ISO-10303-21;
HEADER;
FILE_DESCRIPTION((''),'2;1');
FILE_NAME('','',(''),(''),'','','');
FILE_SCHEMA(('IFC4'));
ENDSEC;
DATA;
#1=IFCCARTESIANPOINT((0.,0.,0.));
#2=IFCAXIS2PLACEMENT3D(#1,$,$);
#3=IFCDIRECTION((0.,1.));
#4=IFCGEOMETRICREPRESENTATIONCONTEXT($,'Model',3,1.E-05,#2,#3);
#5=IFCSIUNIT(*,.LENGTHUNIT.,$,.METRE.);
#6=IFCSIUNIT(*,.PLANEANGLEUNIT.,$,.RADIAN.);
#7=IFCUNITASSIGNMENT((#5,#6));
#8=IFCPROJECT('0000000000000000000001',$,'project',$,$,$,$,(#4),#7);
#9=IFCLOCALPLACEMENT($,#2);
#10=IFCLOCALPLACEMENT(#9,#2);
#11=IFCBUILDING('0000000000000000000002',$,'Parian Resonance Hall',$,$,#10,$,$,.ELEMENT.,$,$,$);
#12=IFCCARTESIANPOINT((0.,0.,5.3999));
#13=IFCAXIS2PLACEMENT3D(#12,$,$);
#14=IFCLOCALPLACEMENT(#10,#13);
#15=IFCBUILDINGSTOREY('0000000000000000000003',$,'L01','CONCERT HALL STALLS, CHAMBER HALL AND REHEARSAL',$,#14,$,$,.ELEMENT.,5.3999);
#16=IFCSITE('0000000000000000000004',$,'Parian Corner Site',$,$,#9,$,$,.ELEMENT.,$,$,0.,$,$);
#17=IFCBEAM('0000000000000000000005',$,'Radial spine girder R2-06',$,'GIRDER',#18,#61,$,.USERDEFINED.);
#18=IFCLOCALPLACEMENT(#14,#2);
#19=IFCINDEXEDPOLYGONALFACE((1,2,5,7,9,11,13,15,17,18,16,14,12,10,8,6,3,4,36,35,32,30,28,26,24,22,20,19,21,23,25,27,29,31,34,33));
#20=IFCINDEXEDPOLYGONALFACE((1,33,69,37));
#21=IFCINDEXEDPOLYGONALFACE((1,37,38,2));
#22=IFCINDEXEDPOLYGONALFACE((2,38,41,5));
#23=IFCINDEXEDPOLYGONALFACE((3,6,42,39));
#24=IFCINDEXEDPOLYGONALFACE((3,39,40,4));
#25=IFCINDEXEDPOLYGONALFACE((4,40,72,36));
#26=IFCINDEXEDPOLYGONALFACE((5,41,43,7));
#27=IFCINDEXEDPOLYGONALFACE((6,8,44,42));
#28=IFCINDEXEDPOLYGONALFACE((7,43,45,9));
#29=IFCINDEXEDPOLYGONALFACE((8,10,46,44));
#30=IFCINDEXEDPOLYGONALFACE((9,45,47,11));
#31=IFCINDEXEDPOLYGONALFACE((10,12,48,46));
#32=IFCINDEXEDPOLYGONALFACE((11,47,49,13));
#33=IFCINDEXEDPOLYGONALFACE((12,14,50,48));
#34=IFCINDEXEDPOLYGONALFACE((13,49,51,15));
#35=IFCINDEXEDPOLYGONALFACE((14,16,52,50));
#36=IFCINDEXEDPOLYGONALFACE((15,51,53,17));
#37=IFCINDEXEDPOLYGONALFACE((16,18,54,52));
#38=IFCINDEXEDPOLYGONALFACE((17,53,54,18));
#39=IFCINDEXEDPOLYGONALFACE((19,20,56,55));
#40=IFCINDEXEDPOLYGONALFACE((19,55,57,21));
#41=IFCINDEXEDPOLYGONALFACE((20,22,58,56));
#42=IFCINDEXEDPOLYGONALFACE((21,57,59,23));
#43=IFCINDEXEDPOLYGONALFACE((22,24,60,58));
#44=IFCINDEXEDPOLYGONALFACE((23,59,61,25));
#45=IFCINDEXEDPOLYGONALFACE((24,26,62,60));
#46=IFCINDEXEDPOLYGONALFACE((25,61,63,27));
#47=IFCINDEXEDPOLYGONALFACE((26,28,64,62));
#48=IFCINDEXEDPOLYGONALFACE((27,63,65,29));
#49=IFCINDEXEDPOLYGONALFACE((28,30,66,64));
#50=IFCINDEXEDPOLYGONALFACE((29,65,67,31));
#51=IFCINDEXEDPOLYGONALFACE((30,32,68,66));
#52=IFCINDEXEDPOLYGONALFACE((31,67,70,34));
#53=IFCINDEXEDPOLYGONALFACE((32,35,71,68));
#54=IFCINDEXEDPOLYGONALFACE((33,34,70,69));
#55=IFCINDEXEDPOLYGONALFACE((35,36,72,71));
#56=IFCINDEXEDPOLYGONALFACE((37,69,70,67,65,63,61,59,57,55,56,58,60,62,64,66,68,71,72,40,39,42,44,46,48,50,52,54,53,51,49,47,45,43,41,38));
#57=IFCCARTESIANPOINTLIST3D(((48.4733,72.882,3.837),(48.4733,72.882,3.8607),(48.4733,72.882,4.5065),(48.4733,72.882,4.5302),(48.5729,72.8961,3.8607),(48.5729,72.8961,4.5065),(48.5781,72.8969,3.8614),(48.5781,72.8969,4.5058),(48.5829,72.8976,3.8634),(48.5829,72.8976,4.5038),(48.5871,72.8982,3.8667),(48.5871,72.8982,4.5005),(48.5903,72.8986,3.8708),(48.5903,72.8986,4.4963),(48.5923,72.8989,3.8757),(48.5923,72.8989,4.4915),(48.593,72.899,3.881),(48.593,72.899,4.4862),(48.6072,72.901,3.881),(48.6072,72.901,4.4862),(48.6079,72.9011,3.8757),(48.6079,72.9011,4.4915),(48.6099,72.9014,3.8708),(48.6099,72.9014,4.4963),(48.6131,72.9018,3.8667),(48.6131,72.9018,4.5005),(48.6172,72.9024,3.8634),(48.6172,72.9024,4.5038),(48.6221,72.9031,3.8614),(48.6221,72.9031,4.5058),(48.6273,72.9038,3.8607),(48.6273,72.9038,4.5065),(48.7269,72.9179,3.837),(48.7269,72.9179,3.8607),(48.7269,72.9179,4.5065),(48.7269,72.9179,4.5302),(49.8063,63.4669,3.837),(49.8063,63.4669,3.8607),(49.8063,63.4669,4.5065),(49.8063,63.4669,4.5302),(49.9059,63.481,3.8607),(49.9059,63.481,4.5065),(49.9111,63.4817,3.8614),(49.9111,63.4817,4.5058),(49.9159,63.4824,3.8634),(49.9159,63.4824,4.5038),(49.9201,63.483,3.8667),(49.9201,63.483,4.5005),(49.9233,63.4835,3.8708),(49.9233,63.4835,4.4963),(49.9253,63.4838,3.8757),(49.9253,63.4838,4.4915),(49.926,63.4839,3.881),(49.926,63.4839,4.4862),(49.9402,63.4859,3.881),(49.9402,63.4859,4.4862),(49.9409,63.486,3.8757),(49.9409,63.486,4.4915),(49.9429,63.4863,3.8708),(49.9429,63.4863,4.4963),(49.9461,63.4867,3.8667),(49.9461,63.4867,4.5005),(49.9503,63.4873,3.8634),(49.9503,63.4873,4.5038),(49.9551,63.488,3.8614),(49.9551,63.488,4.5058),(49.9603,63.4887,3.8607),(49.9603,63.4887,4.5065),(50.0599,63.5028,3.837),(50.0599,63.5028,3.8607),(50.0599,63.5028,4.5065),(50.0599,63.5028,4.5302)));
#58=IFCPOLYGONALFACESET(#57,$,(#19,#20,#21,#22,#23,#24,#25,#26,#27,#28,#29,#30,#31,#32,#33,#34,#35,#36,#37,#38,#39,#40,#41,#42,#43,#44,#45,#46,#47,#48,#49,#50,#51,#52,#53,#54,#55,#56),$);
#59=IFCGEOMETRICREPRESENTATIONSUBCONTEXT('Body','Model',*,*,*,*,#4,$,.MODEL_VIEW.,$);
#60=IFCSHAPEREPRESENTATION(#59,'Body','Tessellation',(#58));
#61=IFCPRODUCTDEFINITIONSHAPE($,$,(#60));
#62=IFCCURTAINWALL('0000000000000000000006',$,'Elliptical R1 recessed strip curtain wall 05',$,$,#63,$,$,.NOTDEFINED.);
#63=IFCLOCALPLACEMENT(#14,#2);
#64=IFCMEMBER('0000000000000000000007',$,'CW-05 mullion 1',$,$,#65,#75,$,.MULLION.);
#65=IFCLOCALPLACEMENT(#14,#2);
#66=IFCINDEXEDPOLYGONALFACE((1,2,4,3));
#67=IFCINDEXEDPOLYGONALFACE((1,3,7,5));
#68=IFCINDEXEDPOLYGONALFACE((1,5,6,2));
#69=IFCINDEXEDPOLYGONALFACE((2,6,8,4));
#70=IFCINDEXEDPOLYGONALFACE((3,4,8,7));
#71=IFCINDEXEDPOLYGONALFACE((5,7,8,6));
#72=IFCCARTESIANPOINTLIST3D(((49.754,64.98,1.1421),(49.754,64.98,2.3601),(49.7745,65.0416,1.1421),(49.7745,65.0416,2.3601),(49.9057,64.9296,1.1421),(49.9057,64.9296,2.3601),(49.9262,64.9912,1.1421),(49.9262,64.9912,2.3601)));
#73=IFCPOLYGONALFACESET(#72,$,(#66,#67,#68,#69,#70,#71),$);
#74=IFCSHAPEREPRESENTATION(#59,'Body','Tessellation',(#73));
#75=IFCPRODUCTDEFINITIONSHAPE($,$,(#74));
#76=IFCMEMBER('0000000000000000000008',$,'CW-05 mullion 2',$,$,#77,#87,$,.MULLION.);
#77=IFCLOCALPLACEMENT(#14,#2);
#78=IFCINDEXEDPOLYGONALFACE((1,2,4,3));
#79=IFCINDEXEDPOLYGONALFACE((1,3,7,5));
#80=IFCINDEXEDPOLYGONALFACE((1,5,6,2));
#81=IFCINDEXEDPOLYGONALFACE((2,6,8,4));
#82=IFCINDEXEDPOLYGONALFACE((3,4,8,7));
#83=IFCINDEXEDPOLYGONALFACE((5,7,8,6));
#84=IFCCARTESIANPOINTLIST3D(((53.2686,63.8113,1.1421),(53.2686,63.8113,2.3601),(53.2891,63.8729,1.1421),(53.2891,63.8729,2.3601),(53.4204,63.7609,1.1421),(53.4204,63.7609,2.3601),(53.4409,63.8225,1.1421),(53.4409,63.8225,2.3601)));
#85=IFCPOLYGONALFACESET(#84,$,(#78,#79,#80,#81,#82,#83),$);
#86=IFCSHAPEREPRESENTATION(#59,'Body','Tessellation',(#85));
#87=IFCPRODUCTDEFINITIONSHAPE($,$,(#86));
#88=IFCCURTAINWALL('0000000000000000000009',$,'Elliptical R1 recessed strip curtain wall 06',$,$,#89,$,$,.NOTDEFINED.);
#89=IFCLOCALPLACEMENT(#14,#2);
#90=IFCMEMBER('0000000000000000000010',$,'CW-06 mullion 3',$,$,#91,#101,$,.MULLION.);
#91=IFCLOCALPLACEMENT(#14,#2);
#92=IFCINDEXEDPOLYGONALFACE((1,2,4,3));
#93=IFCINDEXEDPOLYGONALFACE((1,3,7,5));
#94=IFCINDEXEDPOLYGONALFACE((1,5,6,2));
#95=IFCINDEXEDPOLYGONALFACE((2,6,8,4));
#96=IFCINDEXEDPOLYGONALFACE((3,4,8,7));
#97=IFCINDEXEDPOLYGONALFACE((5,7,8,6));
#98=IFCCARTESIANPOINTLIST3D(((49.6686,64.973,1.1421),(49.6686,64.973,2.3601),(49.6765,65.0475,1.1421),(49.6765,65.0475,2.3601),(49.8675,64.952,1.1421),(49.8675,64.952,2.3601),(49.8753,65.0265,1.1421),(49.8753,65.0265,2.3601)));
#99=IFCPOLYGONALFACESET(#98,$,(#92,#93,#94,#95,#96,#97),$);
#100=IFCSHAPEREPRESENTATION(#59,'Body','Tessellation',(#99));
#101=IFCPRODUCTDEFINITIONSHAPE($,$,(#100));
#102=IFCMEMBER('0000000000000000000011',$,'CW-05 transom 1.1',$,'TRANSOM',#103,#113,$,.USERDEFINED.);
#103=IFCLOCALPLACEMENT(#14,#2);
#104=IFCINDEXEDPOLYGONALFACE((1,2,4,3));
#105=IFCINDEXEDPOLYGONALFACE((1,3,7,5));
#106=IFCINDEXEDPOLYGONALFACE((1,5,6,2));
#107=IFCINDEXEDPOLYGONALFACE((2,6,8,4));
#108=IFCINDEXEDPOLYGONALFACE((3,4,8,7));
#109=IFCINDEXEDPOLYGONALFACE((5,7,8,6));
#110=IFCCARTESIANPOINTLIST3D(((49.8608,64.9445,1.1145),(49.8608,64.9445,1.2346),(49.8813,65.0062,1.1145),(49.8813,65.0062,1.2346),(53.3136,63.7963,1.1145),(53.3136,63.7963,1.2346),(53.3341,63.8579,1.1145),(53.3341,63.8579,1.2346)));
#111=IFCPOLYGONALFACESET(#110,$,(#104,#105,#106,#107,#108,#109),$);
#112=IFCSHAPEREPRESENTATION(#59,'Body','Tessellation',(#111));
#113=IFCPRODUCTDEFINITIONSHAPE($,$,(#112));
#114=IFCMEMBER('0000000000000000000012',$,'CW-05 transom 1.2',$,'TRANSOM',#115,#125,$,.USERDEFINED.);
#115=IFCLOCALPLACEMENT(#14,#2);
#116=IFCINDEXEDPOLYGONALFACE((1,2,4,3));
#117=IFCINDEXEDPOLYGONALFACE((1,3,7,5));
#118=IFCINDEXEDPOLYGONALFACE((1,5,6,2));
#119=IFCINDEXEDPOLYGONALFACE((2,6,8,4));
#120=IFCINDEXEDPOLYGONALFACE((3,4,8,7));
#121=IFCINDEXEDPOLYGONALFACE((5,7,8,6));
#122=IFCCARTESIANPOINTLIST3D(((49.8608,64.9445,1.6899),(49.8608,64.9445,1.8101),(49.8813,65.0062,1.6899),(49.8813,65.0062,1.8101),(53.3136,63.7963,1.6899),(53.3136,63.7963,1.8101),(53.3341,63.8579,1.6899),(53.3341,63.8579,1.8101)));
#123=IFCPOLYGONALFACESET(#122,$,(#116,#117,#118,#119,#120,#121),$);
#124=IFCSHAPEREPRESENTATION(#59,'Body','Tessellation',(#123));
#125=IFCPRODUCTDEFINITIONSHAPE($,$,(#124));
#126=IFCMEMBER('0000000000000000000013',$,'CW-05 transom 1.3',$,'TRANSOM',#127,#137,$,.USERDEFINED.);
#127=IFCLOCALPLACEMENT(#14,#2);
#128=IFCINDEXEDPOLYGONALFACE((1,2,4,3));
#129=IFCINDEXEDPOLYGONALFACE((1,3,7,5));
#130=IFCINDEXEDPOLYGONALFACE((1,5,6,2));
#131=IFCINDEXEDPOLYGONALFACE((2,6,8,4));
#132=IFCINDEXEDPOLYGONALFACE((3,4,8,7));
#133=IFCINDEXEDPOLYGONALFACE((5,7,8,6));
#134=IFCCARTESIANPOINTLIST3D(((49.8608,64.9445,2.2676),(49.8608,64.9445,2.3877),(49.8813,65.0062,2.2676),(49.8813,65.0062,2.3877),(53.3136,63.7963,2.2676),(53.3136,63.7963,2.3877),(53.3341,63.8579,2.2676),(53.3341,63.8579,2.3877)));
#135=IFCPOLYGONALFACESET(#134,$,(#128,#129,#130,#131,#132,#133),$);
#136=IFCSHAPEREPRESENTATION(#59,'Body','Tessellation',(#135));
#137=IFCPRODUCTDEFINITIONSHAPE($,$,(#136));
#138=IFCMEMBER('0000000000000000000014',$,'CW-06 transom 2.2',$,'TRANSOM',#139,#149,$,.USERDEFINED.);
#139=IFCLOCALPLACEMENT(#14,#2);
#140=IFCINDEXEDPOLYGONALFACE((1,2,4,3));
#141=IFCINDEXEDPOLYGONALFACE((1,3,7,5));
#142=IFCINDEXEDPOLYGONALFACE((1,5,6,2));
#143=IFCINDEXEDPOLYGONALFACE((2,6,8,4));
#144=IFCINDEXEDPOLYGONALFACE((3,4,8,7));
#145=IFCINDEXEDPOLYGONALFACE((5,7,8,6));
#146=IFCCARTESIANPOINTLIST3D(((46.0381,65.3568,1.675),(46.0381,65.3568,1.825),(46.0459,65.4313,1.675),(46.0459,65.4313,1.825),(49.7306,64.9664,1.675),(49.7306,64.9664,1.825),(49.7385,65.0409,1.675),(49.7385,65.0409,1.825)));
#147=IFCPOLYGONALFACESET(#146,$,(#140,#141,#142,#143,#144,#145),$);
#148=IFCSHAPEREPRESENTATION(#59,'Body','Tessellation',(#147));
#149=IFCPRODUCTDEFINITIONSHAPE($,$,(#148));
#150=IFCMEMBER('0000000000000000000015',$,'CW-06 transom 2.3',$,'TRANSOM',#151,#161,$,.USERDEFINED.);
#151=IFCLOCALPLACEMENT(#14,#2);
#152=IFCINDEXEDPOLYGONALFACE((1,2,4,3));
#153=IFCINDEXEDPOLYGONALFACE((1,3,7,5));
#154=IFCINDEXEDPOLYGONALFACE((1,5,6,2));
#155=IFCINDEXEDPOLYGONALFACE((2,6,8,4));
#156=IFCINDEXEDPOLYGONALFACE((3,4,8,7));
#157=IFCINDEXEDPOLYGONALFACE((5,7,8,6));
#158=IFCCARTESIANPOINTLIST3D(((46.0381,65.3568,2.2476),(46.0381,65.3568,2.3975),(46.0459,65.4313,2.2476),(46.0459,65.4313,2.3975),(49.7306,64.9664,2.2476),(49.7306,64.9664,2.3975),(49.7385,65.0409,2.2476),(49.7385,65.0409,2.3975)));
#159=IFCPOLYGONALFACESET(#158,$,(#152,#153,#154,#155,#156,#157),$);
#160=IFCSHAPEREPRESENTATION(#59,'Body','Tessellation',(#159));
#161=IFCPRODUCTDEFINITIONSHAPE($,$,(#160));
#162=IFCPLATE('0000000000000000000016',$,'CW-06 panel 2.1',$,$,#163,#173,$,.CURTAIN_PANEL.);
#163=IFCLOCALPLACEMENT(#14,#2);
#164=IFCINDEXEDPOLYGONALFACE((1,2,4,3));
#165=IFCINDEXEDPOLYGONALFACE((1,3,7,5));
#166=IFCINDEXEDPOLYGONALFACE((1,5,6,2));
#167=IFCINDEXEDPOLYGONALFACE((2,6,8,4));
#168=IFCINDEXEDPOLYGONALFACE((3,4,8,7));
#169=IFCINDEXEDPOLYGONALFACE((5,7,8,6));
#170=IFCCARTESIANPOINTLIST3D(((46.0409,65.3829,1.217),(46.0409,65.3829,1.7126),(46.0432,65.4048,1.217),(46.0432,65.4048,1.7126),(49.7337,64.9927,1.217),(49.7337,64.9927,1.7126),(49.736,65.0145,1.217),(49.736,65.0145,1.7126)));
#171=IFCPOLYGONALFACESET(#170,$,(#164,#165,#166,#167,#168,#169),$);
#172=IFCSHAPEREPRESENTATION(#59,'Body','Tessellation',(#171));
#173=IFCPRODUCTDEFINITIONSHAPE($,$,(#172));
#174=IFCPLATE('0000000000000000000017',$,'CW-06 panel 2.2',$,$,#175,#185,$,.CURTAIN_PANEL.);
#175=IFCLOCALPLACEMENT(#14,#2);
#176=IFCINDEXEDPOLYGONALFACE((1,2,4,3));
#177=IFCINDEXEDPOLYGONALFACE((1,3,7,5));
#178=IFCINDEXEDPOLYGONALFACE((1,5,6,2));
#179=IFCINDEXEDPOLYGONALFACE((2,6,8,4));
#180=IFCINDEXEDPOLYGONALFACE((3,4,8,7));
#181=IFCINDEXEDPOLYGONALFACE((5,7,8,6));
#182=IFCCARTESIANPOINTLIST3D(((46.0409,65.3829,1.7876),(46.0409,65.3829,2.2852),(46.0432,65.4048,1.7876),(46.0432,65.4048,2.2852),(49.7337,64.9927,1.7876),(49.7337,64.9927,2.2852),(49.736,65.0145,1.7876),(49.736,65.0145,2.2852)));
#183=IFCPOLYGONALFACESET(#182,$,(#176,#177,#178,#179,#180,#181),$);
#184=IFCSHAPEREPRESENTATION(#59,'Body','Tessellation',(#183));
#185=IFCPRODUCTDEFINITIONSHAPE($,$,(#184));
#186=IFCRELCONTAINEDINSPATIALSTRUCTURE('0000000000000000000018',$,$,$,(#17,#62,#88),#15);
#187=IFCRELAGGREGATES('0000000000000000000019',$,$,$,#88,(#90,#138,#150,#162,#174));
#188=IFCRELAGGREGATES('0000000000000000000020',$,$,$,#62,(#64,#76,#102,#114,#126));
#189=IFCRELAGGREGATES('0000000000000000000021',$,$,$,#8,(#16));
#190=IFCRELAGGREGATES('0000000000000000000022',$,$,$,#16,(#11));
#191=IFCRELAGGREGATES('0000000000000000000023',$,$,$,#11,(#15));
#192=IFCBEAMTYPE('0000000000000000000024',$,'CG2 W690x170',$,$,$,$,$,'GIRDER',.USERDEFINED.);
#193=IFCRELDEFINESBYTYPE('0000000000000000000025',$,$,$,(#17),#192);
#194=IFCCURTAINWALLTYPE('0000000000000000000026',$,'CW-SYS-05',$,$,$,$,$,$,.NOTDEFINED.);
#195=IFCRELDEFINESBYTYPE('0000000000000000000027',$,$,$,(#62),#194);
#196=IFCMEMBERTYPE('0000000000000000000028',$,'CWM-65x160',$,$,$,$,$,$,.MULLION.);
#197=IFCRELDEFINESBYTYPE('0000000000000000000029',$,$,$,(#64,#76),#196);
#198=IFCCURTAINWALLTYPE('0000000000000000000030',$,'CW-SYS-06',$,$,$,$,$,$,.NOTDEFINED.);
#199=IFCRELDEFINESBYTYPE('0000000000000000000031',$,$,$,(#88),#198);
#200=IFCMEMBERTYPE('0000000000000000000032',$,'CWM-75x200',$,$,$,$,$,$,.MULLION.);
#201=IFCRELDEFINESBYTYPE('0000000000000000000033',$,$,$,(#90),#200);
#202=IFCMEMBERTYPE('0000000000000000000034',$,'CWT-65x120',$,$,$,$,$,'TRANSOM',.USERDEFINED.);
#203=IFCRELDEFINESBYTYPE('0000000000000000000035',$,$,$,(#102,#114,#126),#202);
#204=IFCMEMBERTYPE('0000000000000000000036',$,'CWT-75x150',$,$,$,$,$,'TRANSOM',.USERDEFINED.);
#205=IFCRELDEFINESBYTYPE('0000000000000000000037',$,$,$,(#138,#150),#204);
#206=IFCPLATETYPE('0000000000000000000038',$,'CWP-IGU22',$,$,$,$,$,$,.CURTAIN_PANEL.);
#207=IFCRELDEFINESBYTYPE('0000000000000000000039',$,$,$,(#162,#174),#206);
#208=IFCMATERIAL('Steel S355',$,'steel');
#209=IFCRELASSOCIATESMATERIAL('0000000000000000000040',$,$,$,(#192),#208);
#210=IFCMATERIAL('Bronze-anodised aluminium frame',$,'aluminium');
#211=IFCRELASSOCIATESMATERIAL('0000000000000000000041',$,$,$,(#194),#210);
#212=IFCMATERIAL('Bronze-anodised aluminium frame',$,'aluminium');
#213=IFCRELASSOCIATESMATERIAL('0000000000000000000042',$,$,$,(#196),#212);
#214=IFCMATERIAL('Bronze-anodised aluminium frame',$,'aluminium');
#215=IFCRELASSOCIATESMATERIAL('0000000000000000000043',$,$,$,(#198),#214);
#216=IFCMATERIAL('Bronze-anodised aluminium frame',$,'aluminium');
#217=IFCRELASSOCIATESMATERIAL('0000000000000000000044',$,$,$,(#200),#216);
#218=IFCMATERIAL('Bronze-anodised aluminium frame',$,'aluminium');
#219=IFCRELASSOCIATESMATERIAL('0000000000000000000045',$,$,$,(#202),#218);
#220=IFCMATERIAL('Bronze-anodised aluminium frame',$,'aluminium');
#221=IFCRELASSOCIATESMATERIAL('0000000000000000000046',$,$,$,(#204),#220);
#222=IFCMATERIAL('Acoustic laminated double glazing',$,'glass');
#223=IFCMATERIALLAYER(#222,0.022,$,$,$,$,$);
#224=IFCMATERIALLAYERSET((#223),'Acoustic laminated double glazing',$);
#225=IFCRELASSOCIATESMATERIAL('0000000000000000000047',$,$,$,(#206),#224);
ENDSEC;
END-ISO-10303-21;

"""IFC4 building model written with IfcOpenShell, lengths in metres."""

from ifc_helpers import new_model, si_unit, direction, frame, origin, origin_2d, place, context, subcontext, project, spatial, rectangle, i_section, extrude, material, layer, layer_set, material_profile, profile_set, type_object, element, aggregate, save


model = new_model("IFC4")

# Units and contexts
model_context = context("Model", 3, precision=1e-05, world=origin(), true_north=direction((0.0, 1.0)))
body_context = subcontext(model_context, "Body", "Model", "MODEL_VIEW")
ifc_project = project(units=[si_unit("LENGTHUNIT", "METRE"), si_unit("PLANEANGLEUNIT", "RADIAN")], contexts=[model_context])

# Site, building, storey
site_placement = place(None, origin())
site = spatial("IfcSite", under=ifc_project, at=site_placement, Name="Parian Corner Site", CompositionType="ELEMENT", RefElevation=0.0)
building_placement = place(site_placement, origin())
building = spatial("IfcBuilding", under=site, at=building_placement, Name="Parian Resonance Hall", CompositionType="ELEMENT")
storey_placement = place(building_placement, frame((0.0, 0.0, 5.3999)))
storey = spatial("IfcBuildingStorey", under=building, at=storey_placement, Name="L01", Description="CONCERT HALL STALLS, CHAMBER HALL AND REHEARSAL", CompositionType="ELEMENT", Elevation=5.3999)

# Beam
ifc_material_1 = material(Name="Steel S355", Category="steel")
ifc_material_profile_1 = material_profile(ifc_material_1, i_section(OverallWidth=0.2561, OverallDepth=0.6931, WebThickness=0.0144, FlangeThickness=0.0237, FilletRadius=0.0203, at=origin_2d()), Name="W690x170")
ifc_profile_set_1 = profile_set([ifc_material_profile_1], Name="Steel S355")
beam_type_1 = type_object("IfcBeamType", Name="CG2 W690x170", ElementType="GIRDER", PredefinedType="USERDEFINED", material=ifc_profile_set_1)
beam_1_placement = place(storey_placement, frame((49.9331, 63.4849, 4.1836), z_axis=(-0.140185, 0.990125, 0.0), x_axis=(-0.990125, -0.140185, 0.0)))
element("IfcBeam", 1, at=beam_1_placement, inside=storey, type_object=beam_type_1, Name="Radial spine girder R2-06", ObjectType="GIRDER", PredefinedType="USERDEFINED", context=body_context, shape_type="SweptSolid", body=[
    extrude(i_section(OverallWidth=0.2561, OverallDepth=0.6931, WebThickness=0.0144, FlangeThickness=0.0237, FilletRadius=0.0203, at=origin_2d()), origin(), (0.0, 0.0, 1.0), 9.509),
])

# Curtain wall, members
ifc_material_2 = material(Name="Bronze-anodised aluminium frame", Category="aluminium")
curtain_wall_type_1 = type_object("IfcCurtainWallType", Name="CW-SYS-05", PredefinedType="NOTDEFINED", material=ifc_material_2)
curtain_wall_1_placement = place(storey_placement, origin())
curtain_wall_1 = element("IfcCurtainWall", 2, at=curtain_wall_1_placement, inside=storey, type_object=curtain_wall_type_1, Name="Elliptical R1 recessed strip curtain wall 05", PredefinedType="NOTDEFINED")
ifc_material_3 = material(Name="Bronze-anodised aluminium frame", Category="aluminium")
ifc_material_profile_2 = material_profile(ifc_material_3, rectangle(XDim=0.0649, YDim=0.1599, at=origin_2d()), Name="CWM-65x160")
ifc_profile_set_2 = profile_set([ifc_material_profile_2], Name="Bronze-anodised aluminium frame")
member_type_1 = type_object("IfcMemberType", Name="CWM-65x160", PredefinedType="MULLION", material=ifc_profile_set_2)
member_1_placement = place(storey_placement, frame((49.8401, 64.9856, 1.1421), z_axis=(0.0, 0.0, 1.0), x_axis=(0.315509, 0.948923, 0.0)))
member_1 = element("IfcMember", 3, at=member_1_placement, type_object=member_type_1, Name="CW-05 mullion 1", PredefinedType="MULLION", context=body_context, shape_type="SweptSolid", body=[
    extrude(rectangle(XDim=0.0649, YDim=0.1599, at=origin_2d()), origin(), (0.0, 0.0, 1.0), 1.218),
])
member_2_placement = place(storey_placement, frame((53.3547, 63.8169, 1.1421), z_axis=(0.0, 0.0, 1.0), x_axis=(0.315509, 0.948923, 0.0)))
member_2 = element("IfcMember", 4, at=member_2_placement, type_object=member_type_1, Name="CW-05 mullion 2", PredefinedType="MULLION", context=body_context, shape_type="SweptSolid", body=[
    extrude(rectangle(XDim=0.0649, YDim=0.1599, at=origin_2d()), origin(), (0.0, 0.0, 1.0), 1.218),
])

# Curtain wall, member
ifc_material_4 = material(Name="Bronze-anodised aluminium frame", Category="aluminium")
curtain_wall_type_2 = type_object("IfcCurtainWallType", Name="CW-SYS-06", PredefinedType="NOTDEFINED", material=ifc_material_4)
curtain_wall_2_placement = place(storey_placement, origin())
curtain_wall_2 = element("IfcCurtainWall", 5, at=curtain_wall_2_placement, inside=storey, type_object=curtain_wall_type_2, Name="Elliptical R1 recessed strip curtain wall 06", PredefinedType="NOTDEFINED")
ifc_material_5 = material(Name="Bronze-anodised aluminium frame", Category="aluminium")
ifc_material_profile_3 = material_profile(ifc_material_5, rectangle(XDim=0.075, YDim=0.2, at=origin_2d()), Name="CWM-75x200")
ifc_profile_set_3 = profile_set([ifc_material_profile_3], Name="Bronze-anodised aluminium frame")
member_type_2 = type_object("IfcMemberType", Name="CWM-75x200", PredefinedType="MULLION", material=ifc_profile_set_3)
member_3_placement = place(storey_placement, frame((49.772, 64.9998, 1.1421), z_axis=(0.0, 0.0, 1.0), x_axis=(0.105101, 0.994462, 0.0)))
member_3 = element("IfcMember", 6, at=member_3_placement, type_object=member_type_2, Name="CW-06 mullion 3", PredefinedType="MULLION", context=body_context, shape_type="SweptSolid", body=[
    extrude(rectangle(XDim=0.075, YDim=0.2, at=origin_2d()), origin(), (0.0, 0.0, 1.0), 1.218),
])

# Members
ifc_material_6 = material(Name="Bronze-anodised aluminium frame", Category="aluminium")
ifc_material_profile_4 = material_profile(ifc_material_6, rectangle(XDim=0.0649, YDim=0.1201, at=origin_2d()), Name="CWT-65x120")
ifc_profile_set_4 = profile_set([ifc_material_profile_4], Name="Bronze-anodised aluminium frame")
member_type_3 = type_object("IfcMemberType", Name="CWT-65x120", ElementType="TRANSOM", PredefinedType="USERDEFINED", material=ifc_profile_set_4)
member_4_placement = place(storey_placement, frame((49.8711, 64.9753, 1.1746), z_axis=(0.948904, -0.315563, 0.0), x_axis=(0.315563, 0.948904, 0.0)))
member_4 = element("IfcMember", 7, at=member_4_placement, type_object=member_type_3, Name="CW-05 transom 1.1", ObjectType="TRANSOM", PredefinedType="USERDEFINED", context=body_context, shape_type="SweptSolid", body=[
    extrude(rectangle(XDim=0.0649, YDim=0.1201, at=origin_2d()), origin(), (0.0, 0.0, 1.0), 3.6387),
])
member_5_placement = place(storey_placement, frame((49.8711, 64.9753, 1.75), z_axis=(0.948904, -0.315563, 0.0), x_axis=(0.315563, 0.948904, 0.0)))
member_5 = element("IfcMember", 8, at=member_5_placement, type_object=member_type_3, Name="CW-05 transom 1.2", ObjectType="TRANSOM", PredefinedType="USERDEFINED", context=body_context, shape_type="SweptSolid", body=[
    extrude(rectangle(XDim=0.0649, YDim=0.1201, at=origin_2d()), origin(), (0.0, 0.0, 1.0), 3.6387),
])
member_6_placement = place(storey_placement, frame((49.8711, 64.9753, 2.3276), z_axis=(0.948904, -0.315563, 0.0), x_axis=(0.315563, 0.948904, 0.0)))
member_6 = element("IfcMember", 9, at=member_6_placement, type_object=member_type_3, Name="CW-05 transom 1.3", ObjectType="TRANSOM", PredefinedType="USERDEFINED", context=body_context, shape_type="SweptSolid", body=[
    extrude(rectangle(XDim=0.0649, YDim=0.1201, at=origin_2d()), origin(), (0.0, 0.0, 1.0), 3.6387),
])
ifc_material_7 = material(Name="Bronze-anodised aluminium frame", Category="aluminium")
ifc_material_profile_5 = material_profile(ifc_material_7, rectangle(XDim=0.075, YDim=0.1499, at=origin_2d()), Name="CWT-75x150")
ifc_profile_set_5 = profile_set([ifc_material_profile_5], Name="Bronze-anodised aluminium frame")
member_type_4 = type_object("IfcMemberType", Name="CWT-75x150", ElementType="TRANSOM", PredefinedType="USERDEFINED", material=ifc_profile_set_5)
member_7_placement = place(storey_placement, frame((46.042, 65.394, 1.75), z_axis=(0.994458, -0.105133, 0.0), x_axis=(0.105133, 0.994458, 0.0)))
member_7 = element("IfcMember", 10, at=member_7_placement, type_object=member_type_4, Name="CW-06 transom 2.2", ObjectType="TRANSOM", PredefinedType="USERDEFINED", context=body_context, shape_type="SweptSolid", body=[
    extrude(rectangle(XDim=0.075, YDim=0.1499, at=origin_2d()), origin(), (0.0, 0.0, 1.0), 3.7131),
])
member_8_placement = place(storey_placement, frame((46.042, 65.394, 2.3225), z_axis=(0.994458, -0.105133, 0.0), x_axis=(0.105133, 0.994458, 0.0)))
member_8 = element("IfcMember", 11, at=member_8_placement, type_object=member_type_4, Name="CW-06 transom 2.3", ObjectType="TRANSOM", PredefinedType="USERDEFINED", context=body_context, shape_type="SweptSolid", body=[
    extrude(rectangle(XDim=0.075, YDim=0.1499, at=origin_2d()), origin(), (0.0, 0.0, 1.0), 3.7131),
])

# Plates
ifc_material_8 = material(Name="Acoustic laminated double glazing", Category="glass")
ifc_layer_1 = layer(ifc_material_8, 0.022)
ifc_layer_set_1 = layer_set([ifc_layer_1], Name="Acoustic laminated double glazing")
plate_type_1 = type_object("IfcPlateType", Name="CWP-IGU22", PredefinedType="CURTAIN_PANEL", material=ifc_layer_set_1)
plate_1_placement = place(storey_placement, frame((47.8884, 65.1987, 1.217), z_axis=(0.0, 0.0, 1.0), x_axis=(0.994462, -0.105101, 0.0)))
plate_1 = element("IfcPlate", 12, at=plate_1_placement, type_object=plate_type_1, Name="CW-06 panel 2.1", PredefinedType="CURTAIN_PANEL", context=body_context, shape_type="SweptSolid", body=[
    extrude(rectangle(XDim=3.7134, YDim=0.022, at=origin_2d()), origin(), (0.0, 0.0, 1.0), 0.4956),
])
plate_2_placement = place(storey_placement, frame((47.8884, 65.1987, 1.7876), z_axis=(0.0, 0.0, 1.0), x_axis=(0.994462, -0.105101, 0.0)))
plate_2 = element("IfcPlate", 13, at=plate_2_placement, type_object=plate_type_1, Name="CW-06 panel 2.2", PredefinedType="CURTAIN_PANEL", context=body_context, shape_type="SweptSolid", body=[
    extrude(rectangle(XDim=3.7134, YDim=0.022, at=origin_2d()), origin(), (0.0, 0.0, 1.0), 0.4976),
])
aggregate(curtain_wall_2, [member_3, member_7, member_8, plate_1, plate_2])
aggregate(curtain_wall_1, [member_1, member_2, member_4, member_5, member_6])

save(model, "model.ifc")
